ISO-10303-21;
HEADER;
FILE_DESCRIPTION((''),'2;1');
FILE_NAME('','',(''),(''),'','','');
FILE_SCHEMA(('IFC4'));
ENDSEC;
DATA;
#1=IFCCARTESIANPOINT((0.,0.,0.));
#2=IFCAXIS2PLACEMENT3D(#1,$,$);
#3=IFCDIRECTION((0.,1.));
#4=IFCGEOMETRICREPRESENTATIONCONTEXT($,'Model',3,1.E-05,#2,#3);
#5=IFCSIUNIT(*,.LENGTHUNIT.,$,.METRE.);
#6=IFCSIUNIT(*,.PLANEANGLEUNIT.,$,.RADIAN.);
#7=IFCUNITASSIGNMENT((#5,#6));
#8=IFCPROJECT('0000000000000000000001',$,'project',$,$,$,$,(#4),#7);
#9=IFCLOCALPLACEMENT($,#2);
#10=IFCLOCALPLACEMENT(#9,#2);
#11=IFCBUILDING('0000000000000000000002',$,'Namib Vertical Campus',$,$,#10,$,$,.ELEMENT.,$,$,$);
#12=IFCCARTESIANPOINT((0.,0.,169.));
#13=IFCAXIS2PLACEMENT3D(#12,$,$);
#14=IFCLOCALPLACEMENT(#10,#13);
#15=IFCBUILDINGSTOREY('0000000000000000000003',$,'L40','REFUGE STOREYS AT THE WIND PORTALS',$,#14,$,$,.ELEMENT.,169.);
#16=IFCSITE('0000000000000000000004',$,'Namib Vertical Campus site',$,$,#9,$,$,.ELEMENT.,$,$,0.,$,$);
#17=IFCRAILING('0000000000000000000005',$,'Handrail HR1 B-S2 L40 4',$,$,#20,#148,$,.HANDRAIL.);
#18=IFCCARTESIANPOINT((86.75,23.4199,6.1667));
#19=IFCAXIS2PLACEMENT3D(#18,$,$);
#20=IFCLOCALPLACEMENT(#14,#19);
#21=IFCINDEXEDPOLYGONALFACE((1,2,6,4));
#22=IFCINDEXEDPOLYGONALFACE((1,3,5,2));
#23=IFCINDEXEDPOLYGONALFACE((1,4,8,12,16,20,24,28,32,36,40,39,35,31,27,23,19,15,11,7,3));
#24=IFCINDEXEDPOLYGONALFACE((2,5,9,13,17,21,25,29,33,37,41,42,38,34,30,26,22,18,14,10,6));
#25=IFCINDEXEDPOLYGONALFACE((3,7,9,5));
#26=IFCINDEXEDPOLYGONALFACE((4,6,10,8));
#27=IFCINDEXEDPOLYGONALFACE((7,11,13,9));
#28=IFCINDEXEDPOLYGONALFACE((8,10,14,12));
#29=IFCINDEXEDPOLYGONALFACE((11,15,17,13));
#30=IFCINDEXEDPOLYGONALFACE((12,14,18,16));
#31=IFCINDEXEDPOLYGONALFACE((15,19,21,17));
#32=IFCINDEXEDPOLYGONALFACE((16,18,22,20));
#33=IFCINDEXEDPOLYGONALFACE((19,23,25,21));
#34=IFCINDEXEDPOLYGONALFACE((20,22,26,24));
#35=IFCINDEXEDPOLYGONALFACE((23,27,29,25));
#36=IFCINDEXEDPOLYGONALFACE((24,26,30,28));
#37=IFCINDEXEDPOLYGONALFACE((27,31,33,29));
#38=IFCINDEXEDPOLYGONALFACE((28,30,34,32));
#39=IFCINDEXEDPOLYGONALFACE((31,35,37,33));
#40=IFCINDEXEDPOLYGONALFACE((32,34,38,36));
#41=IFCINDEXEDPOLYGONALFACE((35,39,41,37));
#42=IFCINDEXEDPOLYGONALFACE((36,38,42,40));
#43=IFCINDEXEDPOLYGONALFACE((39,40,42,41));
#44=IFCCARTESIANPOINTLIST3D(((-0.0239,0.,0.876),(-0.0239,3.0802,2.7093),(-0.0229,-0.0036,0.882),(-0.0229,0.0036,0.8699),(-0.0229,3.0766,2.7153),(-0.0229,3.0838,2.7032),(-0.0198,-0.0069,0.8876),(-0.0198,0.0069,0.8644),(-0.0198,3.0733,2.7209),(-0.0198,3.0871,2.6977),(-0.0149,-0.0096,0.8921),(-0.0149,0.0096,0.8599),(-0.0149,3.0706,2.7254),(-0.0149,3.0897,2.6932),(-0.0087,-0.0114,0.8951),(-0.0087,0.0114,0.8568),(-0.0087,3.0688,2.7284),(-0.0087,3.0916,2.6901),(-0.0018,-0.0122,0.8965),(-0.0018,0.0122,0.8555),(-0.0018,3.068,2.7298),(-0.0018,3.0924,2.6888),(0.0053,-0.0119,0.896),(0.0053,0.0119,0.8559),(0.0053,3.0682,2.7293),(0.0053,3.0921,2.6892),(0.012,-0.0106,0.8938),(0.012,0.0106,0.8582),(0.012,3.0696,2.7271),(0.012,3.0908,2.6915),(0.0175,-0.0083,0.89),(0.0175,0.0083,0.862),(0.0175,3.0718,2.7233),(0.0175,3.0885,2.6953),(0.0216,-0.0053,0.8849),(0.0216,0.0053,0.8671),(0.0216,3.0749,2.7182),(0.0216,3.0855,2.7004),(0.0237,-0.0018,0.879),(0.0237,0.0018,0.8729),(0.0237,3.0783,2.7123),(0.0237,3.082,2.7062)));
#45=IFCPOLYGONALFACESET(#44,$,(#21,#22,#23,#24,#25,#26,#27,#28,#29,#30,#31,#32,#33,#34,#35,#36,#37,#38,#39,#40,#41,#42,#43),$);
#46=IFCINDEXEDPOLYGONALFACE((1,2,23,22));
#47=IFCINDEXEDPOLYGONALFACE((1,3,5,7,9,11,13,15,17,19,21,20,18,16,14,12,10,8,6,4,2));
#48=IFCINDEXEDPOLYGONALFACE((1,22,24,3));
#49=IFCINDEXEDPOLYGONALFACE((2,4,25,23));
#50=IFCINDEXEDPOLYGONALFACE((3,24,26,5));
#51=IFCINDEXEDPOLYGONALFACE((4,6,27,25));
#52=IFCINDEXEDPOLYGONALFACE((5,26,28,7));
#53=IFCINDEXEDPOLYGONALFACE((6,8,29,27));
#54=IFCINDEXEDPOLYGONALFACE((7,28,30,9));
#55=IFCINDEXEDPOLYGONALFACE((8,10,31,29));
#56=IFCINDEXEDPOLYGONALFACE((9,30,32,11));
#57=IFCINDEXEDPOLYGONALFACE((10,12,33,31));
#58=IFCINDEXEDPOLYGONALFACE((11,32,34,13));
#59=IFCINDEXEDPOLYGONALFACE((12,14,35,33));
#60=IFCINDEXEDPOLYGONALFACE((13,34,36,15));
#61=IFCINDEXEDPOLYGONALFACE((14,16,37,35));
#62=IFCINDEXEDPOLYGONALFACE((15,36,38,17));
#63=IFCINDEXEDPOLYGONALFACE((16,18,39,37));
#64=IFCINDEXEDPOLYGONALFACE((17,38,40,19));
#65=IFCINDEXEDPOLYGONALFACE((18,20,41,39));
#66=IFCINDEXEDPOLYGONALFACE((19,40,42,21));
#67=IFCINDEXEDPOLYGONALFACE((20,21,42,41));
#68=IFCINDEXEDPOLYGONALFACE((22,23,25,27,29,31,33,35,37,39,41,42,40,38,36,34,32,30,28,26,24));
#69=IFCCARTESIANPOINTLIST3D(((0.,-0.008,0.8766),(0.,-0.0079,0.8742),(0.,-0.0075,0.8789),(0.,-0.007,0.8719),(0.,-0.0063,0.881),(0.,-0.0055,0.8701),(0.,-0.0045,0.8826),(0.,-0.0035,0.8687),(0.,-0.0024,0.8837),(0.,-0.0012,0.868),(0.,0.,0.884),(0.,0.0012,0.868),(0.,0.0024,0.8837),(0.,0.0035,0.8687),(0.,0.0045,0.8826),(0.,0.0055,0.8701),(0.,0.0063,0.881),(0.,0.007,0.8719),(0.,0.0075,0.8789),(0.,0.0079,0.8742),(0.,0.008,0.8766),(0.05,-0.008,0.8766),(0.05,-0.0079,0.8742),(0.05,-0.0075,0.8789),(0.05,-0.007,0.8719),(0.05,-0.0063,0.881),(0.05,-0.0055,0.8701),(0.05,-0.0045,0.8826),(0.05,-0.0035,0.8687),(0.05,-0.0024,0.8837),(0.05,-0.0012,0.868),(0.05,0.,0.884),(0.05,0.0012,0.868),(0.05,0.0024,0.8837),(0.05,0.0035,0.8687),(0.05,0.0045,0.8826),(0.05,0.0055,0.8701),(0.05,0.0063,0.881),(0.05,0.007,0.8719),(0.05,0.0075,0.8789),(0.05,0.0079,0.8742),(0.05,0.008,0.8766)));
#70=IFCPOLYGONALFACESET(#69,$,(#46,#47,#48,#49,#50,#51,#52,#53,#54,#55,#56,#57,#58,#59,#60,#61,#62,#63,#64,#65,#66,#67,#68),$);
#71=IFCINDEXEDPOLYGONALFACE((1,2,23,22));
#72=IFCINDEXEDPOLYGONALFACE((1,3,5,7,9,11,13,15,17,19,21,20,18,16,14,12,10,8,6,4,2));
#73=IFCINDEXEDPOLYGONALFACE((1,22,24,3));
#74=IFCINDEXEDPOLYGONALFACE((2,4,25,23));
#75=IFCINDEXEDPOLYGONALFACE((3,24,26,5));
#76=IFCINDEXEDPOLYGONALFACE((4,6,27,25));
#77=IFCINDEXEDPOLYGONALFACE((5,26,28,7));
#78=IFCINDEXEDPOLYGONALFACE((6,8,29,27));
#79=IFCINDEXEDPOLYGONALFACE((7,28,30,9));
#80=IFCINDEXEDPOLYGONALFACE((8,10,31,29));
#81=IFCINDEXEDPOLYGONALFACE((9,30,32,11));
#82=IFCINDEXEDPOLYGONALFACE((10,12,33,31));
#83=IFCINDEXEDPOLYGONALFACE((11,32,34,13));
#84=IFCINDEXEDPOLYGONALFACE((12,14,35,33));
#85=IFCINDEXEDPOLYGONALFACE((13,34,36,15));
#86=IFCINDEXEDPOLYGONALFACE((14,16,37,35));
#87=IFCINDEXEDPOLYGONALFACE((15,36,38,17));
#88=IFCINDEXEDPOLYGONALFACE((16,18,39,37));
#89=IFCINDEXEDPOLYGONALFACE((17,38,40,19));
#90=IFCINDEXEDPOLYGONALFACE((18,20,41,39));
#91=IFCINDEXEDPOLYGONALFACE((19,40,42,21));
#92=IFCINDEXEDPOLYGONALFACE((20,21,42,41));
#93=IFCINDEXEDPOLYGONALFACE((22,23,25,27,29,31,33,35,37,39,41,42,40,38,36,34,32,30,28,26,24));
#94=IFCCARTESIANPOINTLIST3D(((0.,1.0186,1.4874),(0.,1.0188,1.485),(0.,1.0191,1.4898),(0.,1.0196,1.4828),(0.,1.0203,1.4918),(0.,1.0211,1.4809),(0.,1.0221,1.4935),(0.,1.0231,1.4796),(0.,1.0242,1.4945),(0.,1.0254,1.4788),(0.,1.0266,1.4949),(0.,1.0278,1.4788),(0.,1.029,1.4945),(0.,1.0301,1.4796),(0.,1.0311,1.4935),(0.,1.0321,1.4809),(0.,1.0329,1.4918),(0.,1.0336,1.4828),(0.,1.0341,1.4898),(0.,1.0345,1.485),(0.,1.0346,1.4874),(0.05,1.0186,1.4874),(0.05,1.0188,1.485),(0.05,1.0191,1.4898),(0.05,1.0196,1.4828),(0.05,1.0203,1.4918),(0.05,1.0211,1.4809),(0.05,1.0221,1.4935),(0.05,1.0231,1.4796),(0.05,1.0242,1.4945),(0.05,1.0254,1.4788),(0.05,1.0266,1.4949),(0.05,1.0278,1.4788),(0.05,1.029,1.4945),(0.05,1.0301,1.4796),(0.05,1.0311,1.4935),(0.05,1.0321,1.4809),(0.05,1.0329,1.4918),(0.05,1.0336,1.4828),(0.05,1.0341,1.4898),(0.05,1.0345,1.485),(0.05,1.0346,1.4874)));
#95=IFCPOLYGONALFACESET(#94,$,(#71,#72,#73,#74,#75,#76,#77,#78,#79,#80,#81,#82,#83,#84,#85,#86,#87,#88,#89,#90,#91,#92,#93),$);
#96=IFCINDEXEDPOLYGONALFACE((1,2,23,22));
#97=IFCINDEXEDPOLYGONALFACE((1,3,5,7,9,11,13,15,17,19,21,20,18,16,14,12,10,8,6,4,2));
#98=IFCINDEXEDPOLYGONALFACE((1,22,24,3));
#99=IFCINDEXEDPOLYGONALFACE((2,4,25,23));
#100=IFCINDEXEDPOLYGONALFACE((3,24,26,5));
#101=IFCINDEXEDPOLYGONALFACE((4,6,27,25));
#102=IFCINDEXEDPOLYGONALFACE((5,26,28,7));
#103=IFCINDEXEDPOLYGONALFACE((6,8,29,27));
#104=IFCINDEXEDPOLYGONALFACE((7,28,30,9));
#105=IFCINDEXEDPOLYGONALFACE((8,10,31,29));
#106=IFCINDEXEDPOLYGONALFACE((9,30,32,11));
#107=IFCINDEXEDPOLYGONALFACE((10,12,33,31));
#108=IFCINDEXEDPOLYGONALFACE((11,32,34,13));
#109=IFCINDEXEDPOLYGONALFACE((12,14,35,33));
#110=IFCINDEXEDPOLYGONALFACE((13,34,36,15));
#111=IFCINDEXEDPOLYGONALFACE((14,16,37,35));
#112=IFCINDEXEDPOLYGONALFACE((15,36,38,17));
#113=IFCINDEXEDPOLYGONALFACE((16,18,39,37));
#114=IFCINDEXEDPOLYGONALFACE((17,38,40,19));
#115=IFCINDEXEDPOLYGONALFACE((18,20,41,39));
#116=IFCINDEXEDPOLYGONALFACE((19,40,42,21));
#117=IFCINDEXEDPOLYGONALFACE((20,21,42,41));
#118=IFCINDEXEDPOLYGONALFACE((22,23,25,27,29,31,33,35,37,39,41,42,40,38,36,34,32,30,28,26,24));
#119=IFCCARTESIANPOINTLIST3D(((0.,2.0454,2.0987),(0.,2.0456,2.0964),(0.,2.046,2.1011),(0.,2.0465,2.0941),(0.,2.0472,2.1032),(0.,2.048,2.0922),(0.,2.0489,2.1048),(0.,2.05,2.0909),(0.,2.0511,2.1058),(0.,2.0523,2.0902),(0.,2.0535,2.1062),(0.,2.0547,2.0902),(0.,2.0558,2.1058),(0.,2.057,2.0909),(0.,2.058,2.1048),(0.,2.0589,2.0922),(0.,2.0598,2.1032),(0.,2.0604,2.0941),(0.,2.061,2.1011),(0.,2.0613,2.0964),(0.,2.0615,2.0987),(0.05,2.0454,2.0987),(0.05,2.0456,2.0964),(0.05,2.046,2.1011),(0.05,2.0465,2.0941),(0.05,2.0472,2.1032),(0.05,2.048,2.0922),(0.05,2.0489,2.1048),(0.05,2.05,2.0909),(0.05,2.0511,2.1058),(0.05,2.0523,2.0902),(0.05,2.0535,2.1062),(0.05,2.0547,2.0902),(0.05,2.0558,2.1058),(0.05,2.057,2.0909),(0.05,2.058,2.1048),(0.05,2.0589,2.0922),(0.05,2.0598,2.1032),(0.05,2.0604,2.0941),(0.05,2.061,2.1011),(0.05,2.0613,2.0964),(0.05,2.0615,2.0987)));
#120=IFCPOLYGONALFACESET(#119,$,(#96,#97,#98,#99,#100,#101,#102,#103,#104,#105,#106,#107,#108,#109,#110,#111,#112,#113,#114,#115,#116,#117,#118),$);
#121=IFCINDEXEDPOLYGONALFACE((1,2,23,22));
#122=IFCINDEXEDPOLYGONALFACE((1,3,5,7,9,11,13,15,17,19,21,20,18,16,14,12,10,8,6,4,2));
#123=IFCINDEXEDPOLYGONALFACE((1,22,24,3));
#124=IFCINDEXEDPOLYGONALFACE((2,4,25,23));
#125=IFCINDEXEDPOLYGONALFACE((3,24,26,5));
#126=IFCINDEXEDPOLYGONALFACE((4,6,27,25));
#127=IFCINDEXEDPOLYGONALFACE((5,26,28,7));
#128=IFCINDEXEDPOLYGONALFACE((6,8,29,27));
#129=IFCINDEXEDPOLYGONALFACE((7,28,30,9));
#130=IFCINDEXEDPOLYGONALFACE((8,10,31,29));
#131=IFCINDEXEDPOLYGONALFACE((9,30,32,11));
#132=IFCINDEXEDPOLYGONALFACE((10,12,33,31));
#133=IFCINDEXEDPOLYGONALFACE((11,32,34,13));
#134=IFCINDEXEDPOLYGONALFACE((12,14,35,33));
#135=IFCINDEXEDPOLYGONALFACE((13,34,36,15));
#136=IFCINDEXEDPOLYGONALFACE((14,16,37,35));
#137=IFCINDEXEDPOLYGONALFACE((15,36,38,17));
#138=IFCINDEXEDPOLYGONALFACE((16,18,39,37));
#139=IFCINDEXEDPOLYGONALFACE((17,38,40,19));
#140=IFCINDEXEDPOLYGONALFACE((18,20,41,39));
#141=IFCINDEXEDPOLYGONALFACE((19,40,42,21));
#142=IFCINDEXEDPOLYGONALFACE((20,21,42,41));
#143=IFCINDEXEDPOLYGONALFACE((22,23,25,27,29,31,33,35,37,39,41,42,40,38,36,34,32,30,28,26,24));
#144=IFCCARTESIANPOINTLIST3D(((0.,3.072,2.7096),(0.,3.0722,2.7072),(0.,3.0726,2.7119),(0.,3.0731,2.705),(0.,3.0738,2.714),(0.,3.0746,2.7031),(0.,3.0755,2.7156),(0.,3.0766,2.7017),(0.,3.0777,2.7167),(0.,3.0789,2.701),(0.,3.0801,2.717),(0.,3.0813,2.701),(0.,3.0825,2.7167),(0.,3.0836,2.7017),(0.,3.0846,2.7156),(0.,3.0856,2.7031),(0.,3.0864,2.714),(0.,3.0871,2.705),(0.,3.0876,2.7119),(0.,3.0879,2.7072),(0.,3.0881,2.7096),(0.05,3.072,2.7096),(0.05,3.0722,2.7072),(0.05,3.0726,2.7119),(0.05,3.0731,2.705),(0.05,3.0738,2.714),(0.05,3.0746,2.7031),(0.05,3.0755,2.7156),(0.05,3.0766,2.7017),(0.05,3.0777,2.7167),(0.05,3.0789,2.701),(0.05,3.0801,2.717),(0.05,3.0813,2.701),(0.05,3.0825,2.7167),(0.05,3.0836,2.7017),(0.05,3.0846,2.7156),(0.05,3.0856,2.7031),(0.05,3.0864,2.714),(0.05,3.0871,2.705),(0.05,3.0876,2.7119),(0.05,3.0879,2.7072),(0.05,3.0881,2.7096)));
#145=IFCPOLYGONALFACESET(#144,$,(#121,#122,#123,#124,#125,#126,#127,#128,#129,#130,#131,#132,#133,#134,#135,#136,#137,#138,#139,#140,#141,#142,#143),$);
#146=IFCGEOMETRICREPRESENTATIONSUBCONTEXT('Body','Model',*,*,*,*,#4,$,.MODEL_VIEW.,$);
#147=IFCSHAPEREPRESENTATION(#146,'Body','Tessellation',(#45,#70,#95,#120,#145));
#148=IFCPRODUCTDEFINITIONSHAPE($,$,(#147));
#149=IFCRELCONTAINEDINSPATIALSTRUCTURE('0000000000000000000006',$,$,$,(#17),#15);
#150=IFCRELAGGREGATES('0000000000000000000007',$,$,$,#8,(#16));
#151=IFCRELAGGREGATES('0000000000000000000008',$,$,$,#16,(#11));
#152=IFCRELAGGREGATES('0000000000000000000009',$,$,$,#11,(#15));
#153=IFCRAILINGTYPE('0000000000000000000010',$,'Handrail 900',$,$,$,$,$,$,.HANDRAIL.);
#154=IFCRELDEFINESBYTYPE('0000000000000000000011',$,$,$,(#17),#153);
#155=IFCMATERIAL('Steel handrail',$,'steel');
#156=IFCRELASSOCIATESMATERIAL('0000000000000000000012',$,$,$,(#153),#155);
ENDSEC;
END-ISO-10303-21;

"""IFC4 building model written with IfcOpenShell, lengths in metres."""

from ifc_helpers import new_model, si_unit, direction, frame, origin, origin_2d, place, context, subcontext, project, spatial, circle, extrude, material, type_object, element, save


model = new_model("IFC4")

# Units and contexts
model_context = context("Model", 3, precision=1e-05, world=origin(), true_north=direction((0.0, 1.0)))
body_context = subcontext(model_context, "Body", "Model", "MODEL_VIEW")
ifc_project = project(units=[si_unit("LENGTHUNIT", "METRE"), si_unit("PLANEANGLEUNIT", "RADIAN")], contexts=[model_context])

# Site, building, storey
site_placement = place(None, origin())
site = spatial("IfcSite", under=ifc_project, at=site_placement, Name="Namib Vertical Campus site", CompositionType="ELEMENT", RefElevation=0.0)
building_placement = place(site_placement, origin())
building = spatial("IfcBuilding", under=site, at=building_placement, Name="Namib Vertical Campus", CompositionType="ELEMENT")
storey_placement = place(building_placement, frame((0.0, 0.0, 169.0)))
storey = spatial("IfcBuildingStorey", under=building, at=storey_placement, Name="L40", Description="REFUGE STOREYS AT THE WIND PORTALS", CompositionType="ELEMENT", Elevation=169.0)

# Railing
ifc_material_1 = material(Name="Steel handrail", Category="steel")
railing_type_1 = type_object("IfcRailingType", Name="Handrail 900", PredefinedType="HANDRAIL", material=ifc_material_1)
for number, where, name in (
    (1, (86.75, 23.4199, 6.1667), "Handrail HR1 B-S2 L40 4"),
):
    element("IfcRailing", number, at=place(storey_placement, frame(where)), inside=storey, type_object=railing_type_1, Name=name, PredefinedType="HANDRAIL", context=body_context, shape_type="SweptSolid", body=[
        extrude(circle(Radius=0.0239, at=origin_2d()), frame((0.0, 0.0, 0.876), z_axis=(0.0, 0.859309, 0.511458), x_axis=(-1.0, 0.0, 0.0)), (0.0, 0.0, 1.0), 3.5845),
        extrude(circle(Radius=0.0081, at=origin_2d()), frame((0.0, 0.0, 0.876), z_axis=(1.0, 0.0, 0.0), x_axis=(0.0, 0.0, 1.0)), (0.0, 0.0, 1.0), 0.05),
        extrude(circle(Radius=0.0081, at=origin_2d()), frame((0.0, 1.0266, 1.4868), z_axis=(1.0, 0.0, 0.0), x_axis=(0.0, 0.0, 1.0)), (0.0, 0.0, 1.0), 0.05),
        extrude(circle(Radius=0.0081, at=origin_2d()), frame((0.0, 2.0535, 2.0981), z_axis=(1.0, 0.0, 0.0), x_axis=(0.0, 0.0, 1.0)), (0.0, 0.0, 1.0), 0.05),
        extrude(circle(Radius=0.0081, at=origin_2d()), frame((0.0, 3.0801, 2.709), z_axis=(1.0, 0.0, 0.0), x_axis=(0.0, 0.0, 1.0)), (0.0, 0.0, 1.0), 0.05),
    ])

save(model, "model.ifc")
